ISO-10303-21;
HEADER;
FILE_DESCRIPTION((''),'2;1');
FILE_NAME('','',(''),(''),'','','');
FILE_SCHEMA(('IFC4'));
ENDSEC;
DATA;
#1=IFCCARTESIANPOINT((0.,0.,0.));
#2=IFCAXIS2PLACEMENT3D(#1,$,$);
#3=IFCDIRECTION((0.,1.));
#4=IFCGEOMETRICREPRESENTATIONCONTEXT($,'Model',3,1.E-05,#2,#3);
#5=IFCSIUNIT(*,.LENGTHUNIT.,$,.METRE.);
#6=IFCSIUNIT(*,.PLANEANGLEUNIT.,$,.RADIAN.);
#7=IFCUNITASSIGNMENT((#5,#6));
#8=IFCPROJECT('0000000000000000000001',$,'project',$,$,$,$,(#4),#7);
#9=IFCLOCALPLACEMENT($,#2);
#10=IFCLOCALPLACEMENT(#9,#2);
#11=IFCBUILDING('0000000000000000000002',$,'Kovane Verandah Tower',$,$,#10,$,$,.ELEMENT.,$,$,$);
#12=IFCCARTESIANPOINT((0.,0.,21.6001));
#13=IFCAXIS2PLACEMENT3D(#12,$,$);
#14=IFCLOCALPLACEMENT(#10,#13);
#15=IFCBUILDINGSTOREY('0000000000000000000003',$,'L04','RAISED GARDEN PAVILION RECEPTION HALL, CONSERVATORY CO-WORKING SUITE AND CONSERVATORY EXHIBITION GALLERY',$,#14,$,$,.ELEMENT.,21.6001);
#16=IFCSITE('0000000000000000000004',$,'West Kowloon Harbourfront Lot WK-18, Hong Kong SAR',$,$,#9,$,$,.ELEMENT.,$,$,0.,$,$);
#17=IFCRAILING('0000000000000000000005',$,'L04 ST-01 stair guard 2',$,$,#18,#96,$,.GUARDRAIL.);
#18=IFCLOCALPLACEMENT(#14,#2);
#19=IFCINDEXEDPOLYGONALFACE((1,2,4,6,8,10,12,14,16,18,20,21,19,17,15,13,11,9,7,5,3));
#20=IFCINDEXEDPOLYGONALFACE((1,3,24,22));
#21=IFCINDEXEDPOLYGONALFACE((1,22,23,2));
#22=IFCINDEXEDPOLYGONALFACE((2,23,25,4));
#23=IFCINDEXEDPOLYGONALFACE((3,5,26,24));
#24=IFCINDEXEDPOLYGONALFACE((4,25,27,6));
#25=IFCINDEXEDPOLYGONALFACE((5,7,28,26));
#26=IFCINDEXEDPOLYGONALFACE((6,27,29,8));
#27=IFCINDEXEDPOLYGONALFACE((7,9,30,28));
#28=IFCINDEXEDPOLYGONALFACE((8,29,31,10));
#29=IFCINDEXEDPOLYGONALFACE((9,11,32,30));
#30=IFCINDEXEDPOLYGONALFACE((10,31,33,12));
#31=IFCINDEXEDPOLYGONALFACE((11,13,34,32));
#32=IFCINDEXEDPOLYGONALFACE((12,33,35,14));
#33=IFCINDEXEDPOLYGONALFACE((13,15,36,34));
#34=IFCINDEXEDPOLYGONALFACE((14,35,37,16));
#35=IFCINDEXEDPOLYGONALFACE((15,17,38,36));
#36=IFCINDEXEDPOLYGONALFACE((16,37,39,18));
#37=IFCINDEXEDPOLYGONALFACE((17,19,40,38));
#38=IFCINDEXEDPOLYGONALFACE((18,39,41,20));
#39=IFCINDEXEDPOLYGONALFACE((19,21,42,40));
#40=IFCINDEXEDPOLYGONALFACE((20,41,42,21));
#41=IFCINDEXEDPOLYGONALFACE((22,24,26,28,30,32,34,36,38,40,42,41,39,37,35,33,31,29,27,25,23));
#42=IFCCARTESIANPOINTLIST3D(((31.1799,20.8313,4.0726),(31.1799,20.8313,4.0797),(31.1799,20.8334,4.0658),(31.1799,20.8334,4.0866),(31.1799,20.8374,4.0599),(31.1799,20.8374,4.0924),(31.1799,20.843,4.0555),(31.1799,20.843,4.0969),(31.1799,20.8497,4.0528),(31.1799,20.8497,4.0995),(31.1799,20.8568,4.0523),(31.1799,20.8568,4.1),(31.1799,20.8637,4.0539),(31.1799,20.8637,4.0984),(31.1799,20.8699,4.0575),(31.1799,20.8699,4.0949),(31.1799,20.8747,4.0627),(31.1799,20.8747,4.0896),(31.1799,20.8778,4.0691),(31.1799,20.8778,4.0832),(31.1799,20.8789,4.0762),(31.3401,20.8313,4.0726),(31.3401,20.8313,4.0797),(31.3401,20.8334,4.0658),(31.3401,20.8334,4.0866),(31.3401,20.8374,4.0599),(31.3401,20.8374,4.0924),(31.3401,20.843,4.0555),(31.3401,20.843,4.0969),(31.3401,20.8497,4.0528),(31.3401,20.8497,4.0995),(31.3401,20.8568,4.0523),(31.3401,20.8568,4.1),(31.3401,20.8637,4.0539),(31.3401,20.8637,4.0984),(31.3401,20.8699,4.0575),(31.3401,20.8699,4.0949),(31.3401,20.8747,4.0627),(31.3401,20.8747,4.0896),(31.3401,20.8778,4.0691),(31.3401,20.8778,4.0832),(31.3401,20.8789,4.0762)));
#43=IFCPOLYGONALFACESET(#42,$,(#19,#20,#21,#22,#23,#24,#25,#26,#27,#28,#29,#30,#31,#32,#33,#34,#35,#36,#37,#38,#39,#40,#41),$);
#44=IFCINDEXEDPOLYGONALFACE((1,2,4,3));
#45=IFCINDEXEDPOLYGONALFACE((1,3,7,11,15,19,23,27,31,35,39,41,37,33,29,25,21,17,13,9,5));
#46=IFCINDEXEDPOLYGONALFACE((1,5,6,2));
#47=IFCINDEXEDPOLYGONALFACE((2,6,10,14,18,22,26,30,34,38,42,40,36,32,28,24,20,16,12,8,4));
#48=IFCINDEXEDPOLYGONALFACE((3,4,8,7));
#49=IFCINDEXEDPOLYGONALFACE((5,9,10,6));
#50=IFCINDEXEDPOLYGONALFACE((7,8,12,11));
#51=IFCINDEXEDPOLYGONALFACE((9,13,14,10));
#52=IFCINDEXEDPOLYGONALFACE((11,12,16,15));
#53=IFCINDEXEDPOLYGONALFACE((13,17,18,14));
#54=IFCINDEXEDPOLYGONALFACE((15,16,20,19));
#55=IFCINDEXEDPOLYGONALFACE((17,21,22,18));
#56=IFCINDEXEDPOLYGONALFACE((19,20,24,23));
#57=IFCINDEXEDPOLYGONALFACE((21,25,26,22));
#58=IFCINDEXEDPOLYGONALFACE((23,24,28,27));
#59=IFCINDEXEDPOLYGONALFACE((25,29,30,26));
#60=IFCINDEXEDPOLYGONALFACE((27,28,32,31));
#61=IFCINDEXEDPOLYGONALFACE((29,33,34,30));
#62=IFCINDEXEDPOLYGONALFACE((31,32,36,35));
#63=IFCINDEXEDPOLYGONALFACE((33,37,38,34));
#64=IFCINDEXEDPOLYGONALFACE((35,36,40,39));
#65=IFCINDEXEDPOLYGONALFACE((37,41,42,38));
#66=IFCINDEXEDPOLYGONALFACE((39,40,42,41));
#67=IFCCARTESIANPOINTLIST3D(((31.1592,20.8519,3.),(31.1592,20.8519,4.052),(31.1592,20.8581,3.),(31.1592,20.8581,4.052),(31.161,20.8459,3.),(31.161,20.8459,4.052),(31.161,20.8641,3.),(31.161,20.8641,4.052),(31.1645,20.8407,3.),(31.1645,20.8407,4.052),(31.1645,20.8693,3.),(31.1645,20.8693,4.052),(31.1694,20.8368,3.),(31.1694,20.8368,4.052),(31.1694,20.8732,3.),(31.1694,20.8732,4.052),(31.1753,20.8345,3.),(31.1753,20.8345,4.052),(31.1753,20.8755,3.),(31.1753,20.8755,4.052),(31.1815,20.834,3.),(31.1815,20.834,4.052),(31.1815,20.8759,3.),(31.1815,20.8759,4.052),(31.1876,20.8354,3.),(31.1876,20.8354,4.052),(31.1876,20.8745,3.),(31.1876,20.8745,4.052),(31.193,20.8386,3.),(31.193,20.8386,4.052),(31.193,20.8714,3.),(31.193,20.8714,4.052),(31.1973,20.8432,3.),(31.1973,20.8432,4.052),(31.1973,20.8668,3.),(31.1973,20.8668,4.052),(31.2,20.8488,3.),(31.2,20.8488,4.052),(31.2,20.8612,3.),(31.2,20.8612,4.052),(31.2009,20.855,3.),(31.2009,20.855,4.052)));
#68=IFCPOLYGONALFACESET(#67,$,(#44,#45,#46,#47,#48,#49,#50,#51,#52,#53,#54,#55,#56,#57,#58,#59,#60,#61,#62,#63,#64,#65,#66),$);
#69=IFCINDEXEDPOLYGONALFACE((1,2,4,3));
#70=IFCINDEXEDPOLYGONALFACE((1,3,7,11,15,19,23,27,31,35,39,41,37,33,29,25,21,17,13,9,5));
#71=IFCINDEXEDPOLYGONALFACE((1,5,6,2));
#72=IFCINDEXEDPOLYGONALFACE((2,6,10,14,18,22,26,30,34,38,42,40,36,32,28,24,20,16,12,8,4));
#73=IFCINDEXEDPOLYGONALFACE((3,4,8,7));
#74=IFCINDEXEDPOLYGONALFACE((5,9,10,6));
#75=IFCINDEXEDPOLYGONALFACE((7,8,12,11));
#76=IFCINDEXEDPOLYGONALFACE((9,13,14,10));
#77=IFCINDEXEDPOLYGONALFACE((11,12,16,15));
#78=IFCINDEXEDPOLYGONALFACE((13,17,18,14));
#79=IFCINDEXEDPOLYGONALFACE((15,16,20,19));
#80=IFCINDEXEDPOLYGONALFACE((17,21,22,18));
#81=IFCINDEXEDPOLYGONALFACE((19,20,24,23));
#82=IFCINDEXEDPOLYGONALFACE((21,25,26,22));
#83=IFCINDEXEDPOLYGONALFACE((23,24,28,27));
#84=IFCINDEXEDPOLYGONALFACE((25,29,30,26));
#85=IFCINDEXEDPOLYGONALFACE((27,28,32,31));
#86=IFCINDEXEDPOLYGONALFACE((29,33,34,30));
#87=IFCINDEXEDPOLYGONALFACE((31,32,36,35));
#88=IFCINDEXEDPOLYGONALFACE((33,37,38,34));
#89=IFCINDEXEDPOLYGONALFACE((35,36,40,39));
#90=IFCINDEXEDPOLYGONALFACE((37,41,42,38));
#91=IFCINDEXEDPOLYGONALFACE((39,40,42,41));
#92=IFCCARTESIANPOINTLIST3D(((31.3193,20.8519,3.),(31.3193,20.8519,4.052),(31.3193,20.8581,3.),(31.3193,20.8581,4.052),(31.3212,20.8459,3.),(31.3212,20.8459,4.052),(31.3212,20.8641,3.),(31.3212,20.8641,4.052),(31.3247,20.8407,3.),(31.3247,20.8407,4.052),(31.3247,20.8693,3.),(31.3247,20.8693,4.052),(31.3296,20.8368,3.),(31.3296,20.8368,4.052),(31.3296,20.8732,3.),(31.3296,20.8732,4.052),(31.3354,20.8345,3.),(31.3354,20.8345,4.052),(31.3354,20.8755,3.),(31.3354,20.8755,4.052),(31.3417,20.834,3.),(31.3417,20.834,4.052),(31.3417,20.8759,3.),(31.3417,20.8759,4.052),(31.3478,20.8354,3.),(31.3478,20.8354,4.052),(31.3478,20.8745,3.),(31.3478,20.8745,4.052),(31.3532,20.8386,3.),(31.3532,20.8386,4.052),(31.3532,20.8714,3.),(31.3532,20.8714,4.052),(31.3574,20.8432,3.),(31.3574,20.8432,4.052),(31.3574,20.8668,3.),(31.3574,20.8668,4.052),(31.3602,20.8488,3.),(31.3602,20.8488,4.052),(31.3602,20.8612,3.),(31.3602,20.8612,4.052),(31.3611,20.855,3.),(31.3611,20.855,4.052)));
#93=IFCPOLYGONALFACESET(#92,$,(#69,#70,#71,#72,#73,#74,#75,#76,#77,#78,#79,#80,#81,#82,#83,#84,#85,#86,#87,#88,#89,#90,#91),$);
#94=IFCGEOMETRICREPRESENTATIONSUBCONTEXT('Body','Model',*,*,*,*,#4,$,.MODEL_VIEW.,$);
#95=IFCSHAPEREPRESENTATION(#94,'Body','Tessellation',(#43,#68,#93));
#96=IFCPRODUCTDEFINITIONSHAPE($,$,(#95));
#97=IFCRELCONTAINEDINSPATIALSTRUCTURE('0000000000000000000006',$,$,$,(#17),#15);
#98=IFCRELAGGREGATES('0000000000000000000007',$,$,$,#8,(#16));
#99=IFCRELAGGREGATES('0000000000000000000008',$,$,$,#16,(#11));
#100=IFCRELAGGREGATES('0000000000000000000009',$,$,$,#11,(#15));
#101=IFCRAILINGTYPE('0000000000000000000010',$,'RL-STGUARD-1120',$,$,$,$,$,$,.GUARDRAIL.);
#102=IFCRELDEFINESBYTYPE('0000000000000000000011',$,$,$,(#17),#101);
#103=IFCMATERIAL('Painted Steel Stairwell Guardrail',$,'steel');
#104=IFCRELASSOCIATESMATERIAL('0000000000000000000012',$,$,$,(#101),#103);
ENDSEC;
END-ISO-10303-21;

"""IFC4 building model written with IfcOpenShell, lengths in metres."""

from ifc_helpers import new_model, si_unit, direction, frame, origin, origin_2d, place, context, subcontext, project, spatial, circle, extrude, material, type_object, element, save


model = new_model("IFC4")

# Units and contexts
model_context = context("Model", 3, precision=1e-05, world=origin(), true_north=direction((0.0, 1.0)))
body_context = subcontext(model_context, "Body", "Model", "MODEL_VIEW")
ifc_project = project(units=[si_unit("LENGTHUNIT", "METRE"), si_unit("PLANEANGLEUNIT", "RADIAN")], contexts=[model_context])

# Site, building, storey
site_placement = place(None, origin())
site = spatial("IfcSite", under=ifc_project, at=site_placement, Name="West Kowloon Harbourfront Lot WK-18, Hong Kong SAR", CompositionType="ELEMENT", RefElevation=0.0)
building_placement = place(site_placement, origin())
building = spatial("IfcBuilding", under=site, at=building_placement, Name="Kovane Verandah Tower", CompositionType="ELEMENT")
storey_placement = place(building_placement, frame((0.0, 0.0, 21.6001)))
storey = spatial("IfcBuildingStorey", under=building, at=storey_placement, Name="L04", Description="RAISED GARDEN PAVILION RECEPTION HALL, CONSERVATORY CO-WORKING SUITE AND CONSERVATORY EXHIBITION GALLERY", CompositionType="ELEMENT", Elevation=21.6001)

# Railing
ifc_material_1 = material(Name="Painted Steel Stairwell Guardrail", Category="steel")
railing_type_1 = type_object("IfcRailingType", Name="RL-STGUARD-1120", PredefinedType="GUARDRAIL", material=ifc_material_1)
railing_1_placement = place(storey_placement, frame((31.1799, 20.855, 3.0)))
element("IfcRailing", 1, at=railing_1_placement, inside=storey, type_object=railing_type_1, Name="L04 ST-01 stair guard 2", PredefinedType="GUARDRAIL", context=body_context, shape_type="SweptSolid", body=[
    extrude(circle(Radius=0.0239, at=origin_2d()), frame((0.0, 0.0, 1.0762), z_axis=(1.0, 0.0, 0.0), x_axis=(0.0, 1.0, 0.0)), (0.0, 0.0, 1.0), 0.1602),
    extrude(circle(Radius=0.021, at=origin_2d()), origin(), (0.0, 0.0, 1.0), 1.052),
    extrude(circle(Radius=0.021, at=origin_2d()), frame((0.1602, 0.0, 0.0)), (0.0, 0.0, 1.0), 1.052),
])

save(model, "model.ifc")
